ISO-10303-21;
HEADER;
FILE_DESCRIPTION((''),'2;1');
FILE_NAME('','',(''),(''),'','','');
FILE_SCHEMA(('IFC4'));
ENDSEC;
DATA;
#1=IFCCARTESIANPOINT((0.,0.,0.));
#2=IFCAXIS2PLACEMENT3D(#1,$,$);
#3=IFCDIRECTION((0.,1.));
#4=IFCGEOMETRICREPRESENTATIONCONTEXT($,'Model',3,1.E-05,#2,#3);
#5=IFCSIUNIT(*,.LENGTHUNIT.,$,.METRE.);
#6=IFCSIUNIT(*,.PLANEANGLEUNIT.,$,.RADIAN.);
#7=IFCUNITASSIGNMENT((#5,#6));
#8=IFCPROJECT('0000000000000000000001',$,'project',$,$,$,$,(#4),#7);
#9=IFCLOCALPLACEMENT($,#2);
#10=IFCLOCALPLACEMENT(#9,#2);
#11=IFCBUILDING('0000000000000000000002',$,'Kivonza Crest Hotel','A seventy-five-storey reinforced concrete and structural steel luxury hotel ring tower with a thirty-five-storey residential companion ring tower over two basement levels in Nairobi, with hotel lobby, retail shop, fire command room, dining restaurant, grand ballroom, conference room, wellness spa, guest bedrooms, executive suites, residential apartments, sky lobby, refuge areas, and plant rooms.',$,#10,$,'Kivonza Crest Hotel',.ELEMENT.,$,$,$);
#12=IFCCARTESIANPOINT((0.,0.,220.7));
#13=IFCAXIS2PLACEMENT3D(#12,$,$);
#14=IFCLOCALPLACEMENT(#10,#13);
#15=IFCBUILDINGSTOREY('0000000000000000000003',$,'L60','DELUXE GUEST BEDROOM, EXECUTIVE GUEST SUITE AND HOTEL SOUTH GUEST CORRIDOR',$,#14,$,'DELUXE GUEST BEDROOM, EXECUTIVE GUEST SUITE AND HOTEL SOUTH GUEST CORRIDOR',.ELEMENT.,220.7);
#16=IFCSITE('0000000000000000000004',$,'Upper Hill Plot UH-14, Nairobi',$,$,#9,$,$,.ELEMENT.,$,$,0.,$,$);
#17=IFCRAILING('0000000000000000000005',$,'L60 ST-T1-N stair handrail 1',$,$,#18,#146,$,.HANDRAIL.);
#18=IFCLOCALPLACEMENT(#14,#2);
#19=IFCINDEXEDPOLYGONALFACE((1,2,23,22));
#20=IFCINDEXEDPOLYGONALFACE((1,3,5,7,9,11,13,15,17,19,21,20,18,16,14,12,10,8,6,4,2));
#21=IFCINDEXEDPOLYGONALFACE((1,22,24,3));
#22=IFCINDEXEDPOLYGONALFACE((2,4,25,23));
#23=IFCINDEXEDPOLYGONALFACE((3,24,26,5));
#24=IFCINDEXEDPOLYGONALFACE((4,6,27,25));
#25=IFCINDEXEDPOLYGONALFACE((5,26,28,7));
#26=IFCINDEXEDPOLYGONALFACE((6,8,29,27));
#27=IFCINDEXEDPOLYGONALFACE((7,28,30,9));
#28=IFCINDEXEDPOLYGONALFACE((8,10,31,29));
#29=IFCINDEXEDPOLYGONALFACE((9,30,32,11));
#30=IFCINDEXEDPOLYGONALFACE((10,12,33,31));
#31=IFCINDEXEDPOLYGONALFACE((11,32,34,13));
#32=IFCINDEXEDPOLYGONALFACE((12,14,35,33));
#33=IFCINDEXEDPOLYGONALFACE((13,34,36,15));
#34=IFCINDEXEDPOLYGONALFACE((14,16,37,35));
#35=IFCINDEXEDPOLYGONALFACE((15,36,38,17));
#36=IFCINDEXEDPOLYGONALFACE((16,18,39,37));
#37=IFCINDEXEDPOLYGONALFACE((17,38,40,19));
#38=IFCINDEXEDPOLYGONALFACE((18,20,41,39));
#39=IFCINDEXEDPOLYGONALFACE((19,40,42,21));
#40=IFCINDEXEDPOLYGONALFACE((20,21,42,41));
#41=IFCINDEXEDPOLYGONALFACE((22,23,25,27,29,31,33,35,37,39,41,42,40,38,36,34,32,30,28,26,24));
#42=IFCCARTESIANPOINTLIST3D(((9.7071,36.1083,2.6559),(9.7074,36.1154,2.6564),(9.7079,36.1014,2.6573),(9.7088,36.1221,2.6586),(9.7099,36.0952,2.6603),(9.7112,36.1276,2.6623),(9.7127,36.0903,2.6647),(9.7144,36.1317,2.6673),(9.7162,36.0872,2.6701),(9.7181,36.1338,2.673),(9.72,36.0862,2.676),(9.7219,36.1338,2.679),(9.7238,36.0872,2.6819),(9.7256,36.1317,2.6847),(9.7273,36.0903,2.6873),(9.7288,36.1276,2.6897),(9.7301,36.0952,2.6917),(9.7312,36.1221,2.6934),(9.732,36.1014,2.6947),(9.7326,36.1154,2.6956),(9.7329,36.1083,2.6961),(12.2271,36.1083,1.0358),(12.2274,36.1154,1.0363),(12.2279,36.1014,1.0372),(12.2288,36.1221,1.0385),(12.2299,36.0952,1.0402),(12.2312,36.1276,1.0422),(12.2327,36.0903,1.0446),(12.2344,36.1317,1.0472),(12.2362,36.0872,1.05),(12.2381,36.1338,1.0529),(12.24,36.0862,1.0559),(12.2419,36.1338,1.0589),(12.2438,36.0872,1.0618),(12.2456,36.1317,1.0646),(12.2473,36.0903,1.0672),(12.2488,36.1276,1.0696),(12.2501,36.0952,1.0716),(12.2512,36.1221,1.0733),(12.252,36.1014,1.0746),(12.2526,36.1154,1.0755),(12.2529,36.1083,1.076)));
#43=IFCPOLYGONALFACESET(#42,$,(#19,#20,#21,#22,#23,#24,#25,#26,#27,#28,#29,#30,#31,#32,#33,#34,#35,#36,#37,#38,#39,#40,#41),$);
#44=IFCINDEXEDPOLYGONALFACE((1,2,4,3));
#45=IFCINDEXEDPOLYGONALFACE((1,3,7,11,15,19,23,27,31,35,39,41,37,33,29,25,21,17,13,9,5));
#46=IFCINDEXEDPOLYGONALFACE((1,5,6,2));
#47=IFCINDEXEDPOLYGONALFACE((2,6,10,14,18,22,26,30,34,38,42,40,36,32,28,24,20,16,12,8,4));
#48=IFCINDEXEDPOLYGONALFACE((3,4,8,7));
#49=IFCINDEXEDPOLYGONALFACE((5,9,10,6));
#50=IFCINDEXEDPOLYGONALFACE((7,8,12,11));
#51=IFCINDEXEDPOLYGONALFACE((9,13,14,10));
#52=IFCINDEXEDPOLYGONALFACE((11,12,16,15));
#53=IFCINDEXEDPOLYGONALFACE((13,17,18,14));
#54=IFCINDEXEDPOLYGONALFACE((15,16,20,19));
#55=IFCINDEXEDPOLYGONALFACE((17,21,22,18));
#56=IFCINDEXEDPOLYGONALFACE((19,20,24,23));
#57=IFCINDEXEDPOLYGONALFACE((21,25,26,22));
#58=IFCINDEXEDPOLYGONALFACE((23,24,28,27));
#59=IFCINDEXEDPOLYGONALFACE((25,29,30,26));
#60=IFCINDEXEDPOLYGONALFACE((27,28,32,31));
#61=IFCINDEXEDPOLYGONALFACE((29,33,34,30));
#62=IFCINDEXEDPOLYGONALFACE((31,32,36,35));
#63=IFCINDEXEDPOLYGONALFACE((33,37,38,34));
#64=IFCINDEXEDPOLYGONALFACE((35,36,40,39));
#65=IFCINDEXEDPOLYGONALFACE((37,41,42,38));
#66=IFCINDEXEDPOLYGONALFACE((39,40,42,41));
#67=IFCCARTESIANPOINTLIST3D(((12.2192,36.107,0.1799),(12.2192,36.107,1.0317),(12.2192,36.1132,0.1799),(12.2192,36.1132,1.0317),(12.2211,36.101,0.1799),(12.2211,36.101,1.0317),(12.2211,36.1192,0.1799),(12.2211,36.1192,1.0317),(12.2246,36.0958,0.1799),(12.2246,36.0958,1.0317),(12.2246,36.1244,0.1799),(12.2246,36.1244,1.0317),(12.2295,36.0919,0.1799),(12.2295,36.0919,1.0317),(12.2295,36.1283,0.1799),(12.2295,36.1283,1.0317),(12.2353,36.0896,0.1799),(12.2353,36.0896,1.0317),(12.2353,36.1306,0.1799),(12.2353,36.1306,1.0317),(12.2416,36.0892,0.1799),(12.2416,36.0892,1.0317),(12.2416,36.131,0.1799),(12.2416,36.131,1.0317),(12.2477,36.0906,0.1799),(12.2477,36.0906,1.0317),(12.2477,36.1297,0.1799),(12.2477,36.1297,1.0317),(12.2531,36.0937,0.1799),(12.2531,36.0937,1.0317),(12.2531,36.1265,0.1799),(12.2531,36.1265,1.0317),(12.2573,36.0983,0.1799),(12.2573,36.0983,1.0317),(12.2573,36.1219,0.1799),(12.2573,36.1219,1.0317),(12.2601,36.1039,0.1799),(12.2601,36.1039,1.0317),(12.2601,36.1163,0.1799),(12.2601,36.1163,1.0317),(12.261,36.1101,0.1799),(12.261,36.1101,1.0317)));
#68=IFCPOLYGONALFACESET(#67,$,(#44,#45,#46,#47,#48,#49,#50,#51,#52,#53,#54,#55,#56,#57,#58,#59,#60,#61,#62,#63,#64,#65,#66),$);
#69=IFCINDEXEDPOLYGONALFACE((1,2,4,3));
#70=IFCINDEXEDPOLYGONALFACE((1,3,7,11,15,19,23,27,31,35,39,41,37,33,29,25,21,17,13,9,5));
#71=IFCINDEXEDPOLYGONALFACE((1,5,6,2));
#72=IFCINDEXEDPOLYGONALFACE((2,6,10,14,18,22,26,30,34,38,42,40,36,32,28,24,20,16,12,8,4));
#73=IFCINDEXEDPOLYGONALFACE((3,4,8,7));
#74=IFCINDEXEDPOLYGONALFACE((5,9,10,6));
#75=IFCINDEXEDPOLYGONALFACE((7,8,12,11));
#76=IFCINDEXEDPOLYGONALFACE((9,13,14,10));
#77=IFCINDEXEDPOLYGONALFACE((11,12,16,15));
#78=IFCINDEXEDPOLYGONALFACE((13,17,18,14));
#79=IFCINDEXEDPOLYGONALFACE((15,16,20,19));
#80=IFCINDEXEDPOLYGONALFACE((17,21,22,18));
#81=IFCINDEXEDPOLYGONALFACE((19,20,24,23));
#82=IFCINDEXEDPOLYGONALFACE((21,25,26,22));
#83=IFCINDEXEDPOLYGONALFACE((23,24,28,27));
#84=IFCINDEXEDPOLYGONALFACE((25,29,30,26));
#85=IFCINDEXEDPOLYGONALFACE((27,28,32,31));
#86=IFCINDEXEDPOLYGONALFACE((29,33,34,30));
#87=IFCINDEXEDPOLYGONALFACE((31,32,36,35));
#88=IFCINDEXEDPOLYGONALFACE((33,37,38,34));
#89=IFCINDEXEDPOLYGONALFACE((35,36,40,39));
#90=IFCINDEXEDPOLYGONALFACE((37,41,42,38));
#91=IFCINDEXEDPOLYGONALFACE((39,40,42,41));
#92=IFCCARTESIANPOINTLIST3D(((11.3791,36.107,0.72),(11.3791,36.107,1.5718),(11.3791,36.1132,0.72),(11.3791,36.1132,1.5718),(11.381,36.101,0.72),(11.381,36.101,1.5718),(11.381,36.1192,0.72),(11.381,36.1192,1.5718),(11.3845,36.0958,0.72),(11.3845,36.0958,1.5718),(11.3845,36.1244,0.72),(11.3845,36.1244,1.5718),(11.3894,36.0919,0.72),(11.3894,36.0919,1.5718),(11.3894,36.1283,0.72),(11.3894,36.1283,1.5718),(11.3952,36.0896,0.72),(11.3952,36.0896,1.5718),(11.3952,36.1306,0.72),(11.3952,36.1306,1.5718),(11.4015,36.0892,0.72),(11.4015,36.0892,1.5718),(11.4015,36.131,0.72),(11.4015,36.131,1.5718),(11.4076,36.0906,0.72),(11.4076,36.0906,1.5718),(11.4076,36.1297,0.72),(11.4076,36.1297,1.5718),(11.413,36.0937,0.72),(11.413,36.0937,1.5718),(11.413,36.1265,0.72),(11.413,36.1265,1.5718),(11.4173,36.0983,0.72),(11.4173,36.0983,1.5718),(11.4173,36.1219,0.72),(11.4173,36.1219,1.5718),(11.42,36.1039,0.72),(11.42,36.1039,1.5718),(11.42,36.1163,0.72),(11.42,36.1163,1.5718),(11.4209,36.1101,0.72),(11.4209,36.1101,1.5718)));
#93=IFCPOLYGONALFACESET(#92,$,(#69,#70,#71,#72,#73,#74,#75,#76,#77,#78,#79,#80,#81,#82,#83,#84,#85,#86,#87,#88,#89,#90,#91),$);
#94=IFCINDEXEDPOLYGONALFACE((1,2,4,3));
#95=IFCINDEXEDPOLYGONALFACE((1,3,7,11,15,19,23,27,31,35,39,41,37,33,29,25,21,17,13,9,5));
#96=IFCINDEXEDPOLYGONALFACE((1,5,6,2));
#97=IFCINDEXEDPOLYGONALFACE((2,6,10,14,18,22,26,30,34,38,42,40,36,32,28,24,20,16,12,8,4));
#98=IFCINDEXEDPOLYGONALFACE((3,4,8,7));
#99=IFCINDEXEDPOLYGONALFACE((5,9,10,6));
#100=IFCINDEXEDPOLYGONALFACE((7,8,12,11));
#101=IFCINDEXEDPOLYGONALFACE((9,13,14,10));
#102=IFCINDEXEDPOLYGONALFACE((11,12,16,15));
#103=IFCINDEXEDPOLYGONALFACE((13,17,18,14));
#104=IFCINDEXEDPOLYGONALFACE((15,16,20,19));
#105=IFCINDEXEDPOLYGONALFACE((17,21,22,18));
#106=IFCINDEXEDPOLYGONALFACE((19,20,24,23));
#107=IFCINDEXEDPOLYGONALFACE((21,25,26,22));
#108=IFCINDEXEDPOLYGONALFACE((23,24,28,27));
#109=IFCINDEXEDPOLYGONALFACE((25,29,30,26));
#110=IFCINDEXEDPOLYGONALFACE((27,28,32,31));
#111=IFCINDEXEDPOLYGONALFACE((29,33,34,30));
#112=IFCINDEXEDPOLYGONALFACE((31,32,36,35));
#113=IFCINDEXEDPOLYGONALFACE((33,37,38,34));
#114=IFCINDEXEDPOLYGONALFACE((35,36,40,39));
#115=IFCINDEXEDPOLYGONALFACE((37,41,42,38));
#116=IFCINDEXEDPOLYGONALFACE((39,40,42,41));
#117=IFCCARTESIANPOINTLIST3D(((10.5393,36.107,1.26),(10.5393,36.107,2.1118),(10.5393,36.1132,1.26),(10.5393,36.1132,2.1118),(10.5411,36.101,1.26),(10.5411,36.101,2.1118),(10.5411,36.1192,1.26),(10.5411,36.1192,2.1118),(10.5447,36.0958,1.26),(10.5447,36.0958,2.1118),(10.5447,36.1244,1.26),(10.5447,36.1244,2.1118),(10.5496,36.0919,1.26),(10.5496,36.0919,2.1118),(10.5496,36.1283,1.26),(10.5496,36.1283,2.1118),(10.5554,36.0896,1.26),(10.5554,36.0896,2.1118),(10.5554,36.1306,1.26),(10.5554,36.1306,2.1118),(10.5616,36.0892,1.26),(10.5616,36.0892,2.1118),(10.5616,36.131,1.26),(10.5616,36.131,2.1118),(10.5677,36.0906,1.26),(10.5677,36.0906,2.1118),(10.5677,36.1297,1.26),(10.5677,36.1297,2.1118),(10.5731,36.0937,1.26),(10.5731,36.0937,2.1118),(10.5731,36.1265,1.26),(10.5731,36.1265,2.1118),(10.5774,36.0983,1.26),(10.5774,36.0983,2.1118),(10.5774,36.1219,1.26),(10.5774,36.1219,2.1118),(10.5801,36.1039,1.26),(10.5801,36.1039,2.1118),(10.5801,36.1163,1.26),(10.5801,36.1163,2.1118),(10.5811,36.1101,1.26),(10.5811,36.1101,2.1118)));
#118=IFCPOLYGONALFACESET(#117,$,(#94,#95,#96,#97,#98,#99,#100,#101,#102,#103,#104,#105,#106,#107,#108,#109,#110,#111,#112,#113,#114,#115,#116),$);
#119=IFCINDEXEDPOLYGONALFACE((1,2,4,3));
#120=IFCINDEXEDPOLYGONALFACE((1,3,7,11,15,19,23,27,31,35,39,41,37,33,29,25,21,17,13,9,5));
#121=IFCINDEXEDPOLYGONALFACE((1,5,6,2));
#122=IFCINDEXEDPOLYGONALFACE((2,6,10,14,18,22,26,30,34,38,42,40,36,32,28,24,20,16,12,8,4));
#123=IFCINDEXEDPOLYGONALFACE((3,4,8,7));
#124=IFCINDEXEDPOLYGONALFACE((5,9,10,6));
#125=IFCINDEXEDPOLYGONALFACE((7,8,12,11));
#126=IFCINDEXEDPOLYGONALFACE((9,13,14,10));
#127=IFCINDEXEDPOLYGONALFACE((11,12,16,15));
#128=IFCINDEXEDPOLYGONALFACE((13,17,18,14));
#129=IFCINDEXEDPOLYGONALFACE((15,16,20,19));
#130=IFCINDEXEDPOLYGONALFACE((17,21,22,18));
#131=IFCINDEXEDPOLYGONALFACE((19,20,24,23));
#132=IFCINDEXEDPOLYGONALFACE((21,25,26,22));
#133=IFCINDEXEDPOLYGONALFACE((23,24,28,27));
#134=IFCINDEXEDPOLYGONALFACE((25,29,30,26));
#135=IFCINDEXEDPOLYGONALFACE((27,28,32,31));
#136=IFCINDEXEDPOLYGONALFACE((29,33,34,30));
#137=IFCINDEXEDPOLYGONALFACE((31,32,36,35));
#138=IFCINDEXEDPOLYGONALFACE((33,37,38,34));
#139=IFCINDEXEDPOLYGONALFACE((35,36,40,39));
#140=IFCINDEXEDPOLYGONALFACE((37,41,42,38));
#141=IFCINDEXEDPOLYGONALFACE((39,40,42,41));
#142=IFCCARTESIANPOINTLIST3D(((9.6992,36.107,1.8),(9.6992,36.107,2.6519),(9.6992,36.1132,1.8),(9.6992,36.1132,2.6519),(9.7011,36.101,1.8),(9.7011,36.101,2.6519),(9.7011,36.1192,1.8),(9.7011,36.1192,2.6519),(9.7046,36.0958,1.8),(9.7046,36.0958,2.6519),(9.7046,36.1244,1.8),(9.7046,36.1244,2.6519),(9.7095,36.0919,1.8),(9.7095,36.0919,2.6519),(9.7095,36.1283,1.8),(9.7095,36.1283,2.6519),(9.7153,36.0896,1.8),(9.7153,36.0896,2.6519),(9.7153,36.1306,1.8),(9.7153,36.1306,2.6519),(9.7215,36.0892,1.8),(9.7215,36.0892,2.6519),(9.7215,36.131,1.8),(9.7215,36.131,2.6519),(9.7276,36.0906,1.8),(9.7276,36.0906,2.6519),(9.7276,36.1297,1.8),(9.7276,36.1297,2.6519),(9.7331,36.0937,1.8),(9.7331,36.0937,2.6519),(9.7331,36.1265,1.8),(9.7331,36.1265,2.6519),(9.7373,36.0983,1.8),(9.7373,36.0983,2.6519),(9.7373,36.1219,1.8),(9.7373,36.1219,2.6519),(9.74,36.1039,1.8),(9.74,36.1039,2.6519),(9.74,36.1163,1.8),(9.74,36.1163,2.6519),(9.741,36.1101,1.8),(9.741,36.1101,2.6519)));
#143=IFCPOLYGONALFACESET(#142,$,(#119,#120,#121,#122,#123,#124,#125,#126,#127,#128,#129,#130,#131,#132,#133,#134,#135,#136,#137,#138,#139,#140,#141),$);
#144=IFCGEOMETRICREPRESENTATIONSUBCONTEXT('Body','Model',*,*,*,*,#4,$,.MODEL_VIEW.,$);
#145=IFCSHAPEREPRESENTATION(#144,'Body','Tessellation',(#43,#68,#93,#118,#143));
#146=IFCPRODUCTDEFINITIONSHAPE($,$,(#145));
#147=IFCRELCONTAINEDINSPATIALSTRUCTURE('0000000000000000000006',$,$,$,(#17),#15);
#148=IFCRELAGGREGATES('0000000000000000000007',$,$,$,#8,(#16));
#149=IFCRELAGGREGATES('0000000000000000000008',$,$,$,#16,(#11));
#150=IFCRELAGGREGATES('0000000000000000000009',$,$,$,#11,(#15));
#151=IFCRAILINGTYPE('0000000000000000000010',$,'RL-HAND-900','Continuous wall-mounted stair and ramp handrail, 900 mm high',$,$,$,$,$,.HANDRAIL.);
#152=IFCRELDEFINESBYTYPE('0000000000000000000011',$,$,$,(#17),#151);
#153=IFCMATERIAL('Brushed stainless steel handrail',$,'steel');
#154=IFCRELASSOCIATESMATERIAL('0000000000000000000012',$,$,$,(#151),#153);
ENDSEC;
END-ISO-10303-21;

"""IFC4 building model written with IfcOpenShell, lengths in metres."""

from ifc_helpers import new_model, si_unit, direction, frame, origin, origin_2d, place, context, subcontext, project, spatial, circle, extrude, material, type_object, element, save


model = new_model("IFC4")

# Units and contexts
model_context = context("Model", 3, precision=1e-05, world=origin(), true_north=direction((0.0, 1.0)))
body_context = subcontext(model_context, "Body", "Model", "MODEL_VIEW")
ifc_project = project(units=[si_unit("LENGTHUNIT", "METRE"), si_unit("PLANEANGLEUNIT", "RADIAN")], contexts=[model_context])

# Site, building, storey
site_placement = place(None, origin())
site = spatial("IfcSite", under=ifc_project, at=site_placement, Name="Upper Hill Plot UH-14, Nairobi", CompositionType="ELEMENT", RefElevation=0.0)
building_placement = place(site_placement, origin())
building = spatial("IfcBuilding", under=site, at=building_placement, Name="Kivonza Crest Hotel", Description="A seventy-five-storey reinforced concrete and structural steel luxury hotel ring tower with a thirty-five-storey residential companion ring tower over two basement levels in Nairobi, with hotel lobby, retail shop, fire command room, dining restaurant, grand ballroom, conference room, wellness spa, guest bedrooms, executive suites, residential apartments, sky lobby, refuge areas, and plant rooms.", LongName="Kivonza Crest Hotel", CompositionType="ELEMENT")
storey_placement = place(building_placement, frame((0.0, 0.0, 220.7)))
storey = spatial("IfcBuildingStorey", under=building, at=storey_placement, Name="L60", Description="DELUXE GUEST BEDROOM, EXECUTIVE GUEST SUITE AND HOTEL SOUTH GUEST CORRIDOR", LongName="DELUXE GUEST BEDROOM, EXECUTIVE GUEST SUITE AND HOTEL SOUTH GUEST CORRIDOR", CompositionType="ELEMENT", Elevation=220.7)

# Railing
ifc_material_1 = material(Name="Brushed stainless steel handrail", Category="steel")
railing_type_1 = type_object("IfcRailingType", Name="RL-HAND-900", Description="Continuous wall-mounted stair and ramp handrail, 900 mm high", PredefinedType="HANDRAIL", material=ifc_material_1)
railing_1_placement = place(storey_placement, frame((12.24, 36.1101, 0.1799)))
element("IfcRailing", 1, at=railing_1_placement, inside=storey, type_object=railing_type_1, Name="L60 ST-T1-N stair handrail 1", PredefinedType="HANDRAIL", context=body_context, shape_type="SweptSolid", body=[
    extrude(circle(Radius=0.0239, at=origin_2d()), frame((0.0, 0.0, 0.876), z_axis=(-0.841163, 0.0, 0.540782), x_axis=(0.0, -1.0, 0.0)), (0.0, 0.0, 1.0), 2.9958),
    extrude(circle(Radius=0.021, at=origin_2d()), origin(), (0.0, 0.0, 1.0), 0.8518),
    extrude(circle(Radius=0.021, at=origin_2d()), frame((-0.8401, 0.0, 0.54)), (0.0, 0.0, 1.0), 0.8518),
    extrude(circle(Radius=0.021, at=origin_2d()), frame((-1.6799, 0.0, 1.0801)), (0.0, 0.0, 1.0), 0.8518),
    extrude(circle(Radius=0.021, at=origin_2d()), frame((-2.52, 0.0, 1.6201)), (0.0, 0.0, 1.0), 0.8518),
])

save(model, "model.ifc")
